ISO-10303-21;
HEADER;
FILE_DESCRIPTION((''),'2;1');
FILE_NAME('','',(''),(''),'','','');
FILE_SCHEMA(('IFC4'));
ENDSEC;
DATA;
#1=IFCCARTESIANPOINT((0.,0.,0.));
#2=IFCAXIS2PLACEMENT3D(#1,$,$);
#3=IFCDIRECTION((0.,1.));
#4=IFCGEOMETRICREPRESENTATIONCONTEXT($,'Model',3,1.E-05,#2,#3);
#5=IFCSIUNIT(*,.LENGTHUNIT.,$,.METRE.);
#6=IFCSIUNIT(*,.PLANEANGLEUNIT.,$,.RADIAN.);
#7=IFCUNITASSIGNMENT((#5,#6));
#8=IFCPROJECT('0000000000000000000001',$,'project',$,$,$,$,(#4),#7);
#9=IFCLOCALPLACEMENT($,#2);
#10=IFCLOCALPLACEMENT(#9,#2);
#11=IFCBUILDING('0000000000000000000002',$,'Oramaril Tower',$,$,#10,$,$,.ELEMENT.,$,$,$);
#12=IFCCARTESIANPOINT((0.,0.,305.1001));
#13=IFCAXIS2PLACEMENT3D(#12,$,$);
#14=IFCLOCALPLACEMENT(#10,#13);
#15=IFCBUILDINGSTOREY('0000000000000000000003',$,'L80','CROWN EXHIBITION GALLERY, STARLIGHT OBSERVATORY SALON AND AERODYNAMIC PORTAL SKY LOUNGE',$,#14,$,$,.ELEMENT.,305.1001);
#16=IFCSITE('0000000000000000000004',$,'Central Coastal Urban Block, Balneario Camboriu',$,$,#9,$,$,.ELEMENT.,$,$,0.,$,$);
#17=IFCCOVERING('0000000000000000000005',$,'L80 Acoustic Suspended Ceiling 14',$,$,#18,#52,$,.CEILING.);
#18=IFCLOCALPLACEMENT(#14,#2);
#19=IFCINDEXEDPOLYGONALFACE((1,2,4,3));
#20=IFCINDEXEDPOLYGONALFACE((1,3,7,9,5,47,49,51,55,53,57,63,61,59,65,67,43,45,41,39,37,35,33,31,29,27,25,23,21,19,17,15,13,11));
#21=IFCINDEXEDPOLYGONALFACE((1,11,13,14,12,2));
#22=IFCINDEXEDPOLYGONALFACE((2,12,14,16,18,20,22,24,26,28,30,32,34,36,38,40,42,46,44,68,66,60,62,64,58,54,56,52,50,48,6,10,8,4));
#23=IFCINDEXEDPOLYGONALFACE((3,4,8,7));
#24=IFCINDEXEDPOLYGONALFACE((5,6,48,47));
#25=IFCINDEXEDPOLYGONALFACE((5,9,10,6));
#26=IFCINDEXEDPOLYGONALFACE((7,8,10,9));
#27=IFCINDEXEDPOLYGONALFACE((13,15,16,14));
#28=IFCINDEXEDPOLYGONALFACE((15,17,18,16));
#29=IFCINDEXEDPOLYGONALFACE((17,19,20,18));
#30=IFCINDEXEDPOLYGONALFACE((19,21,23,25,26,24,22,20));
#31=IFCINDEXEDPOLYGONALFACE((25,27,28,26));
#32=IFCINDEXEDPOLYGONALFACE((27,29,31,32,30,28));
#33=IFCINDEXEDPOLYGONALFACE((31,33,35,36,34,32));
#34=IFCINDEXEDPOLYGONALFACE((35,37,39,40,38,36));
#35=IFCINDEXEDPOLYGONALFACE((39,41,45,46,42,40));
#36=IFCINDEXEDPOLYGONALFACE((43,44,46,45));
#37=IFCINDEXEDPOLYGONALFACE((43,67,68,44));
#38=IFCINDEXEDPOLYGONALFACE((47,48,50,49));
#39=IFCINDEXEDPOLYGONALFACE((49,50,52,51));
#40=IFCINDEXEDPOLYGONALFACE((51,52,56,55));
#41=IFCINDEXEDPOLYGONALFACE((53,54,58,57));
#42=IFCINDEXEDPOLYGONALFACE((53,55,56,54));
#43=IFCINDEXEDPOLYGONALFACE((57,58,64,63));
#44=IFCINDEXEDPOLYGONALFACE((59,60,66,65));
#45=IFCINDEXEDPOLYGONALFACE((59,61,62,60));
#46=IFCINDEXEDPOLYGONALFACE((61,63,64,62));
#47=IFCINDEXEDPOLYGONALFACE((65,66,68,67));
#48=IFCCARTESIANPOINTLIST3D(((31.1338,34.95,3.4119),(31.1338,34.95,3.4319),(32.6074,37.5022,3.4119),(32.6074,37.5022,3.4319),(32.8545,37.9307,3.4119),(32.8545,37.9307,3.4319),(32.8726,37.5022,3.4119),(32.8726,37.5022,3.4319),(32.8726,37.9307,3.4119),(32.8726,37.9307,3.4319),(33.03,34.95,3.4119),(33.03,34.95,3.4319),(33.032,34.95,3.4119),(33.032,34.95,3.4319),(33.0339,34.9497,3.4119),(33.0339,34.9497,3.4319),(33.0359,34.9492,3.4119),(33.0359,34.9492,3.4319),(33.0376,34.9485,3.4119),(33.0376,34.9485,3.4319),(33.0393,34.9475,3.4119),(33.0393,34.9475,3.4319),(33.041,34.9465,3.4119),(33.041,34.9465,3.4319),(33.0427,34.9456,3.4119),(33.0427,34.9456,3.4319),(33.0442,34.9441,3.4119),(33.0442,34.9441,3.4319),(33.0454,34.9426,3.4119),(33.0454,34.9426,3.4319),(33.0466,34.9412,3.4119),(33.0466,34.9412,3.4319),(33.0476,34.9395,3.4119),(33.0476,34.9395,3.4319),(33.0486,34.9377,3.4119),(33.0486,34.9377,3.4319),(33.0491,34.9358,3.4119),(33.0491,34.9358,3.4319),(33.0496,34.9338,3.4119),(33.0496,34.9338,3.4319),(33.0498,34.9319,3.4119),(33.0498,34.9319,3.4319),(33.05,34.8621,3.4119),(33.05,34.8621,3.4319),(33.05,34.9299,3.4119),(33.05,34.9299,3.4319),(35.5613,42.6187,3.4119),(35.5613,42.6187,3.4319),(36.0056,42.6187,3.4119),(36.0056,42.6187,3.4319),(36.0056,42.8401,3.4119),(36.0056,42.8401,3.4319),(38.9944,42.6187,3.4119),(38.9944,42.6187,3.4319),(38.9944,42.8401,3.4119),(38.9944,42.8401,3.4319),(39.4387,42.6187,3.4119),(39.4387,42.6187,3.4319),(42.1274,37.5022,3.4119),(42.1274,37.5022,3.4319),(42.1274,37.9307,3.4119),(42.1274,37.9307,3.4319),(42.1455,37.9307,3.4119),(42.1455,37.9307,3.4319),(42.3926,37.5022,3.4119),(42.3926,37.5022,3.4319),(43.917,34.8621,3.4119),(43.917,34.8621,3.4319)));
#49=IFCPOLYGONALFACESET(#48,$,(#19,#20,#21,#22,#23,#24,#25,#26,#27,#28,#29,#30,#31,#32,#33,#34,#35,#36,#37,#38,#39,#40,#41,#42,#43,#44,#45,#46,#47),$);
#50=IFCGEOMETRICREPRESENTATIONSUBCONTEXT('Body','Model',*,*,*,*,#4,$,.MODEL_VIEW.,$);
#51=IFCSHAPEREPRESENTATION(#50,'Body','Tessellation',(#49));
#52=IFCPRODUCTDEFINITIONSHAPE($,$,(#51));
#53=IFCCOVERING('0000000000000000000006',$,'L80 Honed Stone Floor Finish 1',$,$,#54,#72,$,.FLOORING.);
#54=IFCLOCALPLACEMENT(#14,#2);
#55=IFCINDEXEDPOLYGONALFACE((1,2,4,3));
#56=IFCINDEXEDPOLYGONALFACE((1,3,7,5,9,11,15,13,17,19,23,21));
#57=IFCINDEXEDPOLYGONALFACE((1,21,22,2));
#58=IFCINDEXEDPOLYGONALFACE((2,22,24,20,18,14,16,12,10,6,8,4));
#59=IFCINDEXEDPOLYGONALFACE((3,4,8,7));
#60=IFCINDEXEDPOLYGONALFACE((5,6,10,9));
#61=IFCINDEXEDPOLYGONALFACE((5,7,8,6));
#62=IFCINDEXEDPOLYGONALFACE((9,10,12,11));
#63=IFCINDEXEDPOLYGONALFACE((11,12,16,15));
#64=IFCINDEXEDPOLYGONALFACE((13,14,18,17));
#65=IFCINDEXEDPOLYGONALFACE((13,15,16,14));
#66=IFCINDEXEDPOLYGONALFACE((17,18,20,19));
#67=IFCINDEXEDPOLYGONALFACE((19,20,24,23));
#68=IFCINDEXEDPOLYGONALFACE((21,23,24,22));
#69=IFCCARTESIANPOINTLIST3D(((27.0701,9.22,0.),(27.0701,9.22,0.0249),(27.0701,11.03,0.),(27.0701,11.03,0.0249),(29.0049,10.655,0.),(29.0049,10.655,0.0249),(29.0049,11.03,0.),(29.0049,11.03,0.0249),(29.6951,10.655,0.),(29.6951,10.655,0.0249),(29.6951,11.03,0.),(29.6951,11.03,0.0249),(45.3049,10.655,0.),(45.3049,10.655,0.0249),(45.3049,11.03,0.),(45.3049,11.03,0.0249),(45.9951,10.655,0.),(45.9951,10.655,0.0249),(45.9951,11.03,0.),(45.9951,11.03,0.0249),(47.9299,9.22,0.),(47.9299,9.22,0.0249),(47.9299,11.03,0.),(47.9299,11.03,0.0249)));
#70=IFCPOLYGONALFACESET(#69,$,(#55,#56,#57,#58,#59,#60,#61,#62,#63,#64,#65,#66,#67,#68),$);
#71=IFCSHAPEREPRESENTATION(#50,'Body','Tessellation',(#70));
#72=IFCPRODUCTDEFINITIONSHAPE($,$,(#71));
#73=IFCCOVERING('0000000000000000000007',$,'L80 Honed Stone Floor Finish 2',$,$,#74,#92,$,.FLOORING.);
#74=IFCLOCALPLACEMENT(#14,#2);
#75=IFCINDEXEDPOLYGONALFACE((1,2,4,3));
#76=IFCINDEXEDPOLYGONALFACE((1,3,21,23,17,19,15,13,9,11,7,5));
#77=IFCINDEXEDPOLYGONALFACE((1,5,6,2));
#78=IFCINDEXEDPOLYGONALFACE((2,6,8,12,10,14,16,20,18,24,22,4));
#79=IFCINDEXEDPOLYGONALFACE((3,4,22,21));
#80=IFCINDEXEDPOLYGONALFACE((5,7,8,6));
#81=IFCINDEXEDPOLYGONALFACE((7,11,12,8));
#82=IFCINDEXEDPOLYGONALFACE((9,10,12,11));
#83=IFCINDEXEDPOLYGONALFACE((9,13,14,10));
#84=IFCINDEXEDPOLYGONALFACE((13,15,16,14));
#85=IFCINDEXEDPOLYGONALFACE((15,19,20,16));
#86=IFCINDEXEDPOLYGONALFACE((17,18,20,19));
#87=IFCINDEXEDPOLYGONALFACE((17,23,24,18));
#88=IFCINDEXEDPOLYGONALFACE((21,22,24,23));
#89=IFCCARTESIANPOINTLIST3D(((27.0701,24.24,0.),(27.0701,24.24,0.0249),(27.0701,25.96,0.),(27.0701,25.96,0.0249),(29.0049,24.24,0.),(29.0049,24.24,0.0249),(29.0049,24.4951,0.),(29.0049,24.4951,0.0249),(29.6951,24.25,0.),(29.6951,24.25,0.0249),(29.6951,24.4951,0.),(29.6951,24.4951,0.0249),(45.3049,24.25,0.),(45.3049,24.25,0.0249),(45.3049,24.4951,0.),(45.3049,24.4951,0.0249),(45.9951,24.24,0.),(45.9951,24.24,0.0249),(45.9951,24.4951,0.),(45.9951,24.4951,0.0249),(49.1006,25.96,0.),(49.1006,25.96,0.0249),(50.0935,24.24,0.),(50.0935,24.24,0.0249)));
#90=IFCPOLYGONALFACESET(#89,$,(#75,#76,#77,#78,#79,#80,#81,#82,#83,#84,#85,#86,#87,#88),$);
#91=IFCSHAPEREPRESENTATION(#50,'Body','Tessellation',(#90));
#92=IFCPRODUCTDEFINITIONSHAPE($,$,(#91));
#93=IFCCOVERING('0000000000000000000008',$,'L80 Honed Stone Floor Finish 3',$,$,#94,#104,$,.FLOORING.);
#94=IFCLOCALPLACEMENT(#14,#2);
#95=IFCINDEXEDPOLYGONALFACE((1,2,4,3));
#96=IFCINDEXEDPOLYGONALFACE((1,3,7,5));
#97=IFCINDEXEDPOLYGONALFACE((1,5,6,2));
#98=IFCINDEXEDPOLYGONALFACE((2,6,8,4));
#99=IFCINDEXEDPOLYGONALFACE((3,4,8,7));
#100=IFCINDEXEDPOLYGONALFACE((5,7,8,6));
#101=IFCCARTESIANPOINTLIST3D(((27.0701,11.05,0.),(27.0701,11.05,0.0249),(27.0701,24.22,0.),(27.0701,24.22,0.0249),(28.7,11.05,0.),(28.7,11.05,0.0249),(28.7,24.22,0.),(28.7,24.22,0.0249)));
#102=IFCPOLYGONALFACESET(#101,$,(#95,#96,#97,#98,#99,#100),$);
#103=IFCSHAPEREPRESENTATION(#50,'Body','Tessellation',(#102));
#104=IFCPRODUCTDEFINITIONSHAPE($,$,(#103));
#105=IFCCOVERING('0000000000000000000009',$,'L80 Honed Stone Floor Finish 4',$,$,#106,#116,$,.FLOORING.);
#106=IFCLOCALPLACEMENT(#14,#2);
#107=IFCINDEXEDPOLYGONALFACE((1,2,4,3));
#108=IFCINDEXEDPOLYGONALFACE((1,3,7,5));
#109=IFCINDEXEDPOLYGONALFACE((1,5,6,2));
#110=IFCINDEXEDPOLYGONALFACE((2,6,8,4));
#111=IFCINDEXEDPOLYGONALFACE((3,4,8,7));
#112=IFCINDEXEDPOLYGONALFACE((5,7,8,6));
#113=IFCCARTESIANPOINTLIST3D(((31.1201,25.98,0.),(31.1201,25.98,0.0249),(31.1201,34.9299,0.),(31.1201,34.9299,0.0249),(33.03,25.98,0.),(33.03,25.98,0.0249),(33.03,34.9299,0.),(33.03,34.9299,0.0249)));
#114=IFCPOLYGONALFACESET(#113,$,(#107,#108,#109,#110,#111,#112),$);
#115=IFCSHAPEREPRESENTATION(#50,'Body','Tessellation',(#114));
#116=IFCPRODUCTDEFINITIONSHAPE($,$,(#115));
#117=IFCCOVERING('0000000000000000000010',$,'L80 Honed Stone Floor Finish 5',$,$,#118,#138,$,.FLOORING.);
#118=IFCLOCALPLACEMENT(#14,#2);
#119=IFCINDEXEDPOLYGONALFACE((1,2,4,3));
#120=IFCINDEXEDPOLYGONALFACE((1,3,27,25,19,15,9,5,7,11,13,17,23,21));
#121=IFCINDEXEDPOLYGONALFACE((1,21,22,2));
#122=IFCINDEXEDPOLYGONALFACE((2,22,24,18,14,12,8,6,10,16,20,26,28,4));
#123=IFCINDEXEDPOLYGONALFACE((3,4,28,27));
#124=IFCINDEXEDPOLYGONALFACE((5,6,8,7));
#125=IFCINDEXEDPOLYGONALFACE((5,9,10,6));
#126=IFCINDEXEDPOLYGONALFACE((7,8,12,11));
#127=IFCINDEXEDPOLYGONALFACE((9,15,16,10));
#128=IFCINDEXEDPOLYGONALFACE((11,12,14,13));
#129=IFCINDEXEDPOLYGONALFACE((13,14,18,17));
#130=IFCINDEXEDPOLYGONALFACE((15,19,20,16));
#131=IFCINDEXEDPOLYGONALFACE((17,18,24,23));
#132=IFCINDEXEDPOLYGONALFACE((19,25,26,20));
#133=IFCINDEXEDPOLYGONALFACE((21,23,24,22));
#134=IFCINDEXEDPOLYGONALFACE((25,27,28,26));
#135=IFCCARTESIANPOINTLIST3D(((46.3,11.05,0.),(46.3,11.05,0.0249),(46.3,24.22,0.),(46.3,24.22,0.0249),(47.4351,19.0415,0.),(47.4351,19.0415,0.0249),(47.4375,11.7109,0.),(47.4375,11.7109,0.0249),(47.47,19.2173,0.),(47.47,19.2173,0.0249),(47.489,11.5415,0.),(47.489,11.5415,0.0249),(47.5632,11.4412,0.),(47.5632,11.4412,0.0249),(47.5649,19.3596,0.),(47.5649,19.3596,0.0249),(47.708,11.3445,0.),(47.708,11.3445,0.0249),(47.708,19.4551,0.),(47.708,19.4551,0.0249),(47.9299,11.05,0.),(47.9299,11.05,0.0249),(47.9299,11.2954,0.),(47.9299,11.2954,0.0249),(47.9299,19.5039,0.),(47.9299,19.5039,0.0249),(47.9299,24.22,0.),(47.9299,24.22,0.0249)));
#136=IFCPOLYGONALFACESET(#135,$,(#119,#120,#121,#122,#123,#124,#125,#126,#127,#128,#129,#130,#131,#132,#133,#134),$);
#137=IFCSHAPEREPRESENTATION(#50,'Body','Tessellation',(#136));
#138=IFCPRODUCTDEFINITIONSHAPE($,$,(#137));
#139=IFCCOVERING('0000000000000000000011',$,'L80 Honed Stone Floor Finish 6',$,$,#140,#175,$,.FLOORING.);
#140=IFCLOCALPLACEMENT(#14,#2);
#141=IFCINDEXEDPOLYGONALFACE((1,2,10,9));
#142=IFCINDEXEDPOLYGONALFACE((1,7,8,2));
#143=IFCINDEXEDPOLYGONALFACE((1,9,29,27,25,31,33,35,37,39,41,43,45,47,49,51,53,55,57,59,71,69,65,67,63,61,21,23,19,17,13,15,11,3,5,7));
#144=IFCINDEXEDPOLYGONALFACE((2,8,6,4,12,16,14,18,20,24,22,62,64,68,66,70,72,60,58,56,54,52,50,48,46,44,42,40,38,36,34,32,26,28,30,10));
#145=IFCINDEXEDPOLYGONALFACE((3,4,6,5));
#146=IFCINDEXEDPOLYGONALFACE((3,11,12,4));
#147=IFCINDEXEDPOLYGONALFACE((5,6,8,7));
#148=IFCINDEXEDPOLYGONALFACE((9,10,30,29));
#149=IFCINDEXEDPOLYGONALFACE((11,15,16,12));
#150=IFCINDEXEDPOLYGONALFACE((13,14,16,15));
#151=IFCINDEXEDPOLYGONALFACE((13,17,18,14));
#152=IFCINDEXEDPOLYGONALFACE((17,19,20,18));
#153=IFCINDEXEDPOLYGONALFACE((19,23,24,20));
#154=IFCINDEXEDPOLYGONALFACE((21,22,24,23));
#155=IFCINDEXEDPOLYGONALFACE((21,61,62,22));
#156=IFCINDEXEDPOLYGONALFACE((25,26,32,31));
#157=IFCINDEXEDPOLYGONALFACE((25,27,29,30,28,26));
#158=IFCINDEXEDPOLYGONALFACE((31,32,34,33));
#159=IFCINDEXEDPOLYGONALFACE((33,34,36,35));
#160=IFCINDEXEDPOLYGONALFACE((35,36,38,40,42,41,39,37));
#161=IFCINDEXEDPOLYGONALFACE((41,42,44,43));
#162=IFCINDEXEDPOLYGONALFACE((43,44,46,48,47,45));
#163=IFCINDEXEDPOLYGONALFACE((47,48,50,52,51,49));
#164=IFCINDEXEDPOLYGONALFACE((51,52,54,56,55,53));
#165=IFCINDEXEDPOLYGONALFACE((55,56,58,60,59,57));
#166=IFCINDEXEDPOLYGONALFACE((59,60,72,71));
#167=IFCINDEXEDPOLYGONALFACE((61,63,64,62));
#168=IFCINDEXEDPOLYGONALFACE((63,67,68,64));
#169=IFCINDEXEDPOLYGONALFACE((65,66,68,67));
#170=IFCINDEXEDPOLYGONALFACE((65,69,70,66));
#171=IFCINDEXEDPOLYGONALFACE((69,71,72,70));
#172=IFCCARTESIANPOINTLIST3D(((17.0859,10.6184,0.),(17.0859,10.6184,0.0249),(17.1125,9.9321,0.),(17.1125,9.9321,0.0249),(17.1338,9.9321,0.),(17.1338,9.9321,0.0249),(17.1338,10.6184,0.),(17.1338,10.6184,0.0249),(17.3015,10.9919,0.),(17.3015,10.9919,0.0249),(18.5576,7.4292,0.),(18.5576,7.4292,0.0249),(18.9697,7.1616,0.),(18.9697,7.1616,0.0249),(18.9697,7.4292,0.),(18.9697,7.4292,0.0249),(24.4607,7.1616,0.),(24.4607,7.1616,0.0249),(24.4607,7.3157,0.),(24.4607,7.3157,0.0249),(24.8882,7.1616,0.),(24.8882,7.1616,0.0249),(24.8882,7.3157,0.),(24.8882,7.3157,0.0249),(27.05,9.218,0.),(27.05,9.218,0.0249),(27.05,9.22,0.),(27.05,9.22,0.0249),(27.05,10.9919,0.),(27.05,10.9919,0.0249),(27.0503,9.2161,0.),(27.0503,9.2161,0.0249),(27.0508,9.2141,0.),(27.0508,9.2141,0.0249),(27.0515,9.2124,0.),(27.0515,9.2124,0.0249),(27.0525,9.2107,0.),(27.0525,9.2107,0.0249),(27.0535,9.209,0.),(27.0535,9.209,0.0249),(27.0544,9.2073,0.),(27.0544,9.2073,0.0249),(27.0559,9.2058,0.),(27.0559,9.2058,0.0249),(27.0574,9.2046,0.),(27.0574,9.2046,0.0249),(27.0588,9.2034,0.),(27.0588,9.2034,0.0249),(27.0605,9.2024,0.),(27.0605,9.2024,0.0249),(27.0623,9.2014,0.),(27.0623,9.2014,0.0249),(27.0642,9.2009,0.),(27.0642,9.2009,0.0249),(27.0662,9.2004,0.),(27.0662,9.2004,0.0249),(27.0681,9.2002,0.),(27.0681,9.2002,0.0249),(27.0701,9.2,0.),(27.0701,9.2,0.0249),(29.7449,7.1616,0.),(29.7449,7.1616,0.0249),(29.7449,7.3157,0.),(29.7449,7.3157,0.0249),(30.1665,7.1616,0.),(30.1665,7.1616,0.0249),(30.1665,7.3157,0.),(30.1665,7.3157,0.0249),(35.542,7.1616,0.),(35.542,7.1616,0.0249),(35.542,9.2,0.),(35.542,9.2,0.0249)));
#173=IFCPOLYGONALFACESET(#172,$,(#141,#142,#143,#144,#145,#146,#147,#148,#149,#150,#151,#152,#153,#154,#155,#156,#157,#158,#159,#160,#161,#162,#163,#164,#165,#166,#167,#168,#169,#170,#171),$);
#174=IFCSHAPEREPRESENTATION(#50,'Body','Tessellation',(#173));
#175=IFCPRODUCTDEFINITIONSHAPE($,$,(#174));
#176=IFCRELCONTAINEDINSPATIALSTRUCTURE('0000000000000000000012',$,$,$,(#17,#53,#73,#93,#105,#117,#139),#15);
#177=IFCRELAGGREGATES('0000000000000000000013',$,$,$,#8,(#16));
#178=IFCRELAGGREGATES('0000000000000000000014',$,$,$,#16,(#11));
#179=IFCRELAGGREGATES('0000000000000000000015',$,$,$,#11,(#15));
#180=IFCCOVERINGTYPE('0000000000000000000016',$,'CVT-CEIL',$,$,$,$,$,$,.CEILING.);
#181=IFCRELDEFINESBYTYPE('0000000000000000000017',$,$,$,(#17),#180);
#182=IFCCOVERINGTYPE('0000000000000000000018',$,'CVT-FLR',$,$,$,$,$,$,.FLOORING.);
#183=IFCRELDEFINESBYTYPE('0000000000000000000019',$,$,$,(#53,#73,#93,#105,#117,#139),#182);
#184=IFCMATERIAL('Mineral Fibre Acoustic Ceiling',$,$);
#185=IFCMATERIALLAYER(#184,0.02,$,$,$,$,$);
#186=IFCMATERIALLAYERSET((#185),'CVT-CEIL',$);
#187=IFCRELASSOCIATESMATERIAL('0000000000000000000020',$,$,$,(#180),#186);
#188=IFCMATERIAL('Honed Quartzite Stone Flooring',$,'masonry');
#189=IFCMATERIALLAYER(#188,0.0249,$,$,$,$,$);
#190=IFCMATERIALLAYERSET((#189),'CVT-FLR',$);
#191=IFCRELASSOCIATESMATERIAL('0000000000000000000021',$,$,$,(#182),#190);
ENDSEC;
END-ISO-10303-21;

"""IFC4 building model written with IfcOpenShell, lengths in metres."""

from ifc_helpers import new_model, si_unit, direction, frame, origin, place, context, subcontext, project, spatial, polyline, outline, extrude, material, layer, layer_set, type_object, element, save


model = new_model("IFC4")

# Units and contexts
model_context = context("Model", 3, precision=1e-05, world=origin(), true_north=direction((0.0, 1.0)))
body_context = subcontext(model_context, "Body", "Model", "MODEL_VIEW")
ifc_project = project(units=[si_unit("LENGTHUNIT", "METRE"), si_unit("PLANEANGLEUNIT", "RADIAN")], contexts=[model_context])

# Site, building, storey
site_placement = place(None, origin())
site = spatial("IfcSite", under=ifc_project, at=site_placement, Name="Central Coastal Urban Block, Balneario Camboriu", CompositionType="ELEMENT", RefElevation=0.0)
building_placement = place(site_placement, origin())
building = spatial("IfcBuilding", under=site, at=building_placement, Name="Oramaril Tower", CompositionType="ELEMENT")
storey_placement = place(building_placement, frame((0.0, 0.0, 305.1001)))
storey = spatial("IfcBuildingStorey", under=building, at=storey_placement, Name="L80", Description="CROWN EXHIBITION GALLERY, STARLIGHT OBSERVATORY SALON AND AERODYNAMIC PORTAL SKY LOUNGE", CompositionType="ELEMENT", Elevation=305.1001)

# Coverings
ifc_material_1 = material(Name="Mineral Fibre Acoustic Ceiling")
ifc_layer_1 = layer(ifc_material_1, 0.02)
ifc_layer_set_1 = layer_set([ifc_layer_1], Name="CVT-CEIL")
covering_type_1 = type_object("IfcCoveringType", Name="CVT-CEIL", PredefinedType="CEILING", material=ifc_layer_set_1)
covering_1_placement = place(storey_placement, frame((0.0, 0.0, 3.4119)))
element("IfcCovering", 1, at=covering_1_placement, inside=storey, type_object=covering_type_1, Name="L80 Acoustic Suspended Ceiling 14", PredefinedType="CEILING", context=body_context, shape_type="SweptSolid", body=[
    extrude(outline(polyline([(32.8726, 37.5022), (32.8726, 37.9307), (32.8545, 37.9307), (35.5613, 42.6187), (36.0056, 42.6187), (36.0056, 42.8401), (38.9944, 42.8401), (38.9944, 42.6187), (39.4387, 42.6187), (42.1455, 37.9307), (42.1274, 37.9307), (42.1274, 37.5022), (42.3926, 37.5022), (43.917, 34.8621), (33.05, 34.8621), (33.05, 34.9299), (33.0498, 34.9319), (33.0496, 34.9338), (33.0491, 34.9358), (33.0486, 34.9377), (33.0476, 34.9395), (33.0466, 34.9412), (33.0454, 34.9426), (33.0442, 34.9441), (33.0427, 34.9456), (33.041, 34.9465), (33.0393, 34.9475), (33.0376, 34.9485), (33.0359, 34.9492), (33.0339, 34.9497), (33.032, 34.95), (33.03, 34.95), (31.1338, 34.95), (32.6074, 37.5022), (32.8726, 37.5022)])), origin(), (0.0, 0.0, 1.0), 0.02),
])
ifc_material_2 = material(Name="Honed Quartzite Stone Flooring", Category="masonry")
ifc_layer_2 = layer(ifc_material_2, 0.0249)
ifc_layer_set_2 = layer_set([ifc_layer_2], Name="CVT-FLR")
covering_type_2 = type_object("IfcCoveringType", Name="CVT-FLR", PredefinedType="FLOORING", material=ifc_layer_set_2)
covering_2_placement = place(storey_placement, origin())
element("IfcCovering", 2, at=covering_2_placement, inside=storey, type_object=covering_type_2, Name="L80 Honed Stone Floor Finish 1", PredefinedType="FLOORING", context=body_context, shape_type="SweptSolid", body=[
    extrude(outline(polyline([(45.3049, 10.655), (45.9951, 10.655), (45.9951, 11.03), (47.9299, 11.03), (47.9299, 9.22), (27.0701, 9.22), (27.0701, 11.03), (29.0049, 11.03), (29.0049, 10.655), (29.6951, 10.655), (29.6951, 11.03), (45.3049, 11.03), (45.3049, 10.655)])), origin(), (0.0, 0.0, 1.0), 0.0249),
])
covering_3_placement = place(storey_placement, origin())
element("IfcCovering", 3, at=covering_3_placement, inside=storey, type_object=covering_type_2, Name="L80 Honed Stone Floor Finish 2", PredefinedType="FLOORING", context=body_context, shape_type="SweptSolid", body=[
    extrude(outline(polyline([(27.0701, 25.96), (49.1006, 25.96), (50.0935, 24.24), (45.9951, 24.24), (45.9951, 24.4951), (45.3049, 24.4951), (45.3049, 24.25), (29.6951, 24.25), (29.6951, 24.4951), (29.0049, 24.4951), (29.0049, 24.24), (27.0701, 24.24), (27.0701, 25.96)])), origin(), (0.0, 0.0, 1.0), 0.0249),
])
covering_4_placement = place(storey_placement, origin())
element("IfcCovering", 4, at=covering_4_placement, inside=storey, type_object=covering_type_2, Name="L80 Honed Stone Floor Finish 3", PredefinedType="FLOORING", context=body_context, shape_type="SweptSolid", body=[
    extrude(outline(polyline([(28.7, 11.05), (27.0701, 11.05), (27.0701, 24.22), (28.7, 24.22), (28.7, 11.05)])), origin(), (0.0, 0.0, 1.0), 0.0249),
])
covering_5_placement = place(storey_placement, origin())
element("IfcCovering", 5, at=covering_5_placement, inside=storey, type_object=covering_type_2, Name="L80 Honed Stone Floor Finish 4", PredefinedType="FLOORING", context=body_context, shape_type="SweptSolid", body=[
    extrude(outline(polyline([(33.03, 34.9299), (33.03, 25.98), (31.1201, 25.98), (31.1201, 34.9299), (33.03, 34.9299)])), origin(), (0.0, 0.0, 1.0), 0.0249),
])
covering_6_placement = place(storey_placement, origin())
element("IfcCovering", 6, at=covering_6_placement, inside=storey, type_object=covering_type_2, Name="L80 Honed Stone Floor Finish 5", PredefinedType="FLOORING", context=body_context, shape_type="SweptSolid", body=[
    extrude(outline(polyline([(47.9299, 19.5039), (47.708, 19.4551), (47.5649, 19.3596), (47.47, 19.2173), (47.4351, 19.0415), (47.4375, 11.7109), (47.489, 11.5415), (47.5632, 11.4412), (47.708, 11.3445), (47.9299, 11.2954), (47.9299, 11.05), (46.3, 11.05), (46.3, 24.22), (47.9299, 24.22), (47.9299, 19.5039)])), origin(), (0.0, 0.0, 1.0), 0.0249),
])
covering_7_placement = place(storey_placement, origin())
element("IfcCovering", 7, at=covering_7_placement, inside=storey, type_object=covering_type_2, Name="L80 Honed Stone Floor Finish 6", PredefinedType="FLOORING", context=body_context, shape_type="SweptSolid", body=[
    extrude(outline(polyline([(35.542, 7.1616), (30.1665, 7.1616), (30.1665, 7.3157), (29.7449, 7.3157), (29.7449, 7.1616), (24.8882, 7.1616), (24.8882, 7.3157), (24.4607, 7.3157), (24.4607, 7.1616), (18.9697, 7.1616), (18.9697, 7.4292), (18.5576, 7.4292), (17.1125, 9.9321), (17.1338, 9.9321), (17.1338, 10.6184), (17.0859, 10.6184), (17.3015, 10.9919), (27.05, 10.9919), (27.05, 9.22), (27.05, 9.218), (27.0503, 9.2161), (27.0508, 9.2141), (27.0515, 9.2124), (27.0525, 9.2107), (27.0535, 9.209), (27.0544, 9.2073), (27.0559, 9.2058), (27.0574, 9.2046), (27.0588, 9.2034), (27.0605, 9.2024), (27.0623, 9.2014), (27.0642, 9.2009), (27.0662, 9.2004), (27.0681, 9.2002), (27.0701, 9.2), (35.542, 9.2), (35.542, 7.1616)])), origin(), (0.0, 0.0, 1.0), 0.0249),
])

save(model, "model.ifc")
